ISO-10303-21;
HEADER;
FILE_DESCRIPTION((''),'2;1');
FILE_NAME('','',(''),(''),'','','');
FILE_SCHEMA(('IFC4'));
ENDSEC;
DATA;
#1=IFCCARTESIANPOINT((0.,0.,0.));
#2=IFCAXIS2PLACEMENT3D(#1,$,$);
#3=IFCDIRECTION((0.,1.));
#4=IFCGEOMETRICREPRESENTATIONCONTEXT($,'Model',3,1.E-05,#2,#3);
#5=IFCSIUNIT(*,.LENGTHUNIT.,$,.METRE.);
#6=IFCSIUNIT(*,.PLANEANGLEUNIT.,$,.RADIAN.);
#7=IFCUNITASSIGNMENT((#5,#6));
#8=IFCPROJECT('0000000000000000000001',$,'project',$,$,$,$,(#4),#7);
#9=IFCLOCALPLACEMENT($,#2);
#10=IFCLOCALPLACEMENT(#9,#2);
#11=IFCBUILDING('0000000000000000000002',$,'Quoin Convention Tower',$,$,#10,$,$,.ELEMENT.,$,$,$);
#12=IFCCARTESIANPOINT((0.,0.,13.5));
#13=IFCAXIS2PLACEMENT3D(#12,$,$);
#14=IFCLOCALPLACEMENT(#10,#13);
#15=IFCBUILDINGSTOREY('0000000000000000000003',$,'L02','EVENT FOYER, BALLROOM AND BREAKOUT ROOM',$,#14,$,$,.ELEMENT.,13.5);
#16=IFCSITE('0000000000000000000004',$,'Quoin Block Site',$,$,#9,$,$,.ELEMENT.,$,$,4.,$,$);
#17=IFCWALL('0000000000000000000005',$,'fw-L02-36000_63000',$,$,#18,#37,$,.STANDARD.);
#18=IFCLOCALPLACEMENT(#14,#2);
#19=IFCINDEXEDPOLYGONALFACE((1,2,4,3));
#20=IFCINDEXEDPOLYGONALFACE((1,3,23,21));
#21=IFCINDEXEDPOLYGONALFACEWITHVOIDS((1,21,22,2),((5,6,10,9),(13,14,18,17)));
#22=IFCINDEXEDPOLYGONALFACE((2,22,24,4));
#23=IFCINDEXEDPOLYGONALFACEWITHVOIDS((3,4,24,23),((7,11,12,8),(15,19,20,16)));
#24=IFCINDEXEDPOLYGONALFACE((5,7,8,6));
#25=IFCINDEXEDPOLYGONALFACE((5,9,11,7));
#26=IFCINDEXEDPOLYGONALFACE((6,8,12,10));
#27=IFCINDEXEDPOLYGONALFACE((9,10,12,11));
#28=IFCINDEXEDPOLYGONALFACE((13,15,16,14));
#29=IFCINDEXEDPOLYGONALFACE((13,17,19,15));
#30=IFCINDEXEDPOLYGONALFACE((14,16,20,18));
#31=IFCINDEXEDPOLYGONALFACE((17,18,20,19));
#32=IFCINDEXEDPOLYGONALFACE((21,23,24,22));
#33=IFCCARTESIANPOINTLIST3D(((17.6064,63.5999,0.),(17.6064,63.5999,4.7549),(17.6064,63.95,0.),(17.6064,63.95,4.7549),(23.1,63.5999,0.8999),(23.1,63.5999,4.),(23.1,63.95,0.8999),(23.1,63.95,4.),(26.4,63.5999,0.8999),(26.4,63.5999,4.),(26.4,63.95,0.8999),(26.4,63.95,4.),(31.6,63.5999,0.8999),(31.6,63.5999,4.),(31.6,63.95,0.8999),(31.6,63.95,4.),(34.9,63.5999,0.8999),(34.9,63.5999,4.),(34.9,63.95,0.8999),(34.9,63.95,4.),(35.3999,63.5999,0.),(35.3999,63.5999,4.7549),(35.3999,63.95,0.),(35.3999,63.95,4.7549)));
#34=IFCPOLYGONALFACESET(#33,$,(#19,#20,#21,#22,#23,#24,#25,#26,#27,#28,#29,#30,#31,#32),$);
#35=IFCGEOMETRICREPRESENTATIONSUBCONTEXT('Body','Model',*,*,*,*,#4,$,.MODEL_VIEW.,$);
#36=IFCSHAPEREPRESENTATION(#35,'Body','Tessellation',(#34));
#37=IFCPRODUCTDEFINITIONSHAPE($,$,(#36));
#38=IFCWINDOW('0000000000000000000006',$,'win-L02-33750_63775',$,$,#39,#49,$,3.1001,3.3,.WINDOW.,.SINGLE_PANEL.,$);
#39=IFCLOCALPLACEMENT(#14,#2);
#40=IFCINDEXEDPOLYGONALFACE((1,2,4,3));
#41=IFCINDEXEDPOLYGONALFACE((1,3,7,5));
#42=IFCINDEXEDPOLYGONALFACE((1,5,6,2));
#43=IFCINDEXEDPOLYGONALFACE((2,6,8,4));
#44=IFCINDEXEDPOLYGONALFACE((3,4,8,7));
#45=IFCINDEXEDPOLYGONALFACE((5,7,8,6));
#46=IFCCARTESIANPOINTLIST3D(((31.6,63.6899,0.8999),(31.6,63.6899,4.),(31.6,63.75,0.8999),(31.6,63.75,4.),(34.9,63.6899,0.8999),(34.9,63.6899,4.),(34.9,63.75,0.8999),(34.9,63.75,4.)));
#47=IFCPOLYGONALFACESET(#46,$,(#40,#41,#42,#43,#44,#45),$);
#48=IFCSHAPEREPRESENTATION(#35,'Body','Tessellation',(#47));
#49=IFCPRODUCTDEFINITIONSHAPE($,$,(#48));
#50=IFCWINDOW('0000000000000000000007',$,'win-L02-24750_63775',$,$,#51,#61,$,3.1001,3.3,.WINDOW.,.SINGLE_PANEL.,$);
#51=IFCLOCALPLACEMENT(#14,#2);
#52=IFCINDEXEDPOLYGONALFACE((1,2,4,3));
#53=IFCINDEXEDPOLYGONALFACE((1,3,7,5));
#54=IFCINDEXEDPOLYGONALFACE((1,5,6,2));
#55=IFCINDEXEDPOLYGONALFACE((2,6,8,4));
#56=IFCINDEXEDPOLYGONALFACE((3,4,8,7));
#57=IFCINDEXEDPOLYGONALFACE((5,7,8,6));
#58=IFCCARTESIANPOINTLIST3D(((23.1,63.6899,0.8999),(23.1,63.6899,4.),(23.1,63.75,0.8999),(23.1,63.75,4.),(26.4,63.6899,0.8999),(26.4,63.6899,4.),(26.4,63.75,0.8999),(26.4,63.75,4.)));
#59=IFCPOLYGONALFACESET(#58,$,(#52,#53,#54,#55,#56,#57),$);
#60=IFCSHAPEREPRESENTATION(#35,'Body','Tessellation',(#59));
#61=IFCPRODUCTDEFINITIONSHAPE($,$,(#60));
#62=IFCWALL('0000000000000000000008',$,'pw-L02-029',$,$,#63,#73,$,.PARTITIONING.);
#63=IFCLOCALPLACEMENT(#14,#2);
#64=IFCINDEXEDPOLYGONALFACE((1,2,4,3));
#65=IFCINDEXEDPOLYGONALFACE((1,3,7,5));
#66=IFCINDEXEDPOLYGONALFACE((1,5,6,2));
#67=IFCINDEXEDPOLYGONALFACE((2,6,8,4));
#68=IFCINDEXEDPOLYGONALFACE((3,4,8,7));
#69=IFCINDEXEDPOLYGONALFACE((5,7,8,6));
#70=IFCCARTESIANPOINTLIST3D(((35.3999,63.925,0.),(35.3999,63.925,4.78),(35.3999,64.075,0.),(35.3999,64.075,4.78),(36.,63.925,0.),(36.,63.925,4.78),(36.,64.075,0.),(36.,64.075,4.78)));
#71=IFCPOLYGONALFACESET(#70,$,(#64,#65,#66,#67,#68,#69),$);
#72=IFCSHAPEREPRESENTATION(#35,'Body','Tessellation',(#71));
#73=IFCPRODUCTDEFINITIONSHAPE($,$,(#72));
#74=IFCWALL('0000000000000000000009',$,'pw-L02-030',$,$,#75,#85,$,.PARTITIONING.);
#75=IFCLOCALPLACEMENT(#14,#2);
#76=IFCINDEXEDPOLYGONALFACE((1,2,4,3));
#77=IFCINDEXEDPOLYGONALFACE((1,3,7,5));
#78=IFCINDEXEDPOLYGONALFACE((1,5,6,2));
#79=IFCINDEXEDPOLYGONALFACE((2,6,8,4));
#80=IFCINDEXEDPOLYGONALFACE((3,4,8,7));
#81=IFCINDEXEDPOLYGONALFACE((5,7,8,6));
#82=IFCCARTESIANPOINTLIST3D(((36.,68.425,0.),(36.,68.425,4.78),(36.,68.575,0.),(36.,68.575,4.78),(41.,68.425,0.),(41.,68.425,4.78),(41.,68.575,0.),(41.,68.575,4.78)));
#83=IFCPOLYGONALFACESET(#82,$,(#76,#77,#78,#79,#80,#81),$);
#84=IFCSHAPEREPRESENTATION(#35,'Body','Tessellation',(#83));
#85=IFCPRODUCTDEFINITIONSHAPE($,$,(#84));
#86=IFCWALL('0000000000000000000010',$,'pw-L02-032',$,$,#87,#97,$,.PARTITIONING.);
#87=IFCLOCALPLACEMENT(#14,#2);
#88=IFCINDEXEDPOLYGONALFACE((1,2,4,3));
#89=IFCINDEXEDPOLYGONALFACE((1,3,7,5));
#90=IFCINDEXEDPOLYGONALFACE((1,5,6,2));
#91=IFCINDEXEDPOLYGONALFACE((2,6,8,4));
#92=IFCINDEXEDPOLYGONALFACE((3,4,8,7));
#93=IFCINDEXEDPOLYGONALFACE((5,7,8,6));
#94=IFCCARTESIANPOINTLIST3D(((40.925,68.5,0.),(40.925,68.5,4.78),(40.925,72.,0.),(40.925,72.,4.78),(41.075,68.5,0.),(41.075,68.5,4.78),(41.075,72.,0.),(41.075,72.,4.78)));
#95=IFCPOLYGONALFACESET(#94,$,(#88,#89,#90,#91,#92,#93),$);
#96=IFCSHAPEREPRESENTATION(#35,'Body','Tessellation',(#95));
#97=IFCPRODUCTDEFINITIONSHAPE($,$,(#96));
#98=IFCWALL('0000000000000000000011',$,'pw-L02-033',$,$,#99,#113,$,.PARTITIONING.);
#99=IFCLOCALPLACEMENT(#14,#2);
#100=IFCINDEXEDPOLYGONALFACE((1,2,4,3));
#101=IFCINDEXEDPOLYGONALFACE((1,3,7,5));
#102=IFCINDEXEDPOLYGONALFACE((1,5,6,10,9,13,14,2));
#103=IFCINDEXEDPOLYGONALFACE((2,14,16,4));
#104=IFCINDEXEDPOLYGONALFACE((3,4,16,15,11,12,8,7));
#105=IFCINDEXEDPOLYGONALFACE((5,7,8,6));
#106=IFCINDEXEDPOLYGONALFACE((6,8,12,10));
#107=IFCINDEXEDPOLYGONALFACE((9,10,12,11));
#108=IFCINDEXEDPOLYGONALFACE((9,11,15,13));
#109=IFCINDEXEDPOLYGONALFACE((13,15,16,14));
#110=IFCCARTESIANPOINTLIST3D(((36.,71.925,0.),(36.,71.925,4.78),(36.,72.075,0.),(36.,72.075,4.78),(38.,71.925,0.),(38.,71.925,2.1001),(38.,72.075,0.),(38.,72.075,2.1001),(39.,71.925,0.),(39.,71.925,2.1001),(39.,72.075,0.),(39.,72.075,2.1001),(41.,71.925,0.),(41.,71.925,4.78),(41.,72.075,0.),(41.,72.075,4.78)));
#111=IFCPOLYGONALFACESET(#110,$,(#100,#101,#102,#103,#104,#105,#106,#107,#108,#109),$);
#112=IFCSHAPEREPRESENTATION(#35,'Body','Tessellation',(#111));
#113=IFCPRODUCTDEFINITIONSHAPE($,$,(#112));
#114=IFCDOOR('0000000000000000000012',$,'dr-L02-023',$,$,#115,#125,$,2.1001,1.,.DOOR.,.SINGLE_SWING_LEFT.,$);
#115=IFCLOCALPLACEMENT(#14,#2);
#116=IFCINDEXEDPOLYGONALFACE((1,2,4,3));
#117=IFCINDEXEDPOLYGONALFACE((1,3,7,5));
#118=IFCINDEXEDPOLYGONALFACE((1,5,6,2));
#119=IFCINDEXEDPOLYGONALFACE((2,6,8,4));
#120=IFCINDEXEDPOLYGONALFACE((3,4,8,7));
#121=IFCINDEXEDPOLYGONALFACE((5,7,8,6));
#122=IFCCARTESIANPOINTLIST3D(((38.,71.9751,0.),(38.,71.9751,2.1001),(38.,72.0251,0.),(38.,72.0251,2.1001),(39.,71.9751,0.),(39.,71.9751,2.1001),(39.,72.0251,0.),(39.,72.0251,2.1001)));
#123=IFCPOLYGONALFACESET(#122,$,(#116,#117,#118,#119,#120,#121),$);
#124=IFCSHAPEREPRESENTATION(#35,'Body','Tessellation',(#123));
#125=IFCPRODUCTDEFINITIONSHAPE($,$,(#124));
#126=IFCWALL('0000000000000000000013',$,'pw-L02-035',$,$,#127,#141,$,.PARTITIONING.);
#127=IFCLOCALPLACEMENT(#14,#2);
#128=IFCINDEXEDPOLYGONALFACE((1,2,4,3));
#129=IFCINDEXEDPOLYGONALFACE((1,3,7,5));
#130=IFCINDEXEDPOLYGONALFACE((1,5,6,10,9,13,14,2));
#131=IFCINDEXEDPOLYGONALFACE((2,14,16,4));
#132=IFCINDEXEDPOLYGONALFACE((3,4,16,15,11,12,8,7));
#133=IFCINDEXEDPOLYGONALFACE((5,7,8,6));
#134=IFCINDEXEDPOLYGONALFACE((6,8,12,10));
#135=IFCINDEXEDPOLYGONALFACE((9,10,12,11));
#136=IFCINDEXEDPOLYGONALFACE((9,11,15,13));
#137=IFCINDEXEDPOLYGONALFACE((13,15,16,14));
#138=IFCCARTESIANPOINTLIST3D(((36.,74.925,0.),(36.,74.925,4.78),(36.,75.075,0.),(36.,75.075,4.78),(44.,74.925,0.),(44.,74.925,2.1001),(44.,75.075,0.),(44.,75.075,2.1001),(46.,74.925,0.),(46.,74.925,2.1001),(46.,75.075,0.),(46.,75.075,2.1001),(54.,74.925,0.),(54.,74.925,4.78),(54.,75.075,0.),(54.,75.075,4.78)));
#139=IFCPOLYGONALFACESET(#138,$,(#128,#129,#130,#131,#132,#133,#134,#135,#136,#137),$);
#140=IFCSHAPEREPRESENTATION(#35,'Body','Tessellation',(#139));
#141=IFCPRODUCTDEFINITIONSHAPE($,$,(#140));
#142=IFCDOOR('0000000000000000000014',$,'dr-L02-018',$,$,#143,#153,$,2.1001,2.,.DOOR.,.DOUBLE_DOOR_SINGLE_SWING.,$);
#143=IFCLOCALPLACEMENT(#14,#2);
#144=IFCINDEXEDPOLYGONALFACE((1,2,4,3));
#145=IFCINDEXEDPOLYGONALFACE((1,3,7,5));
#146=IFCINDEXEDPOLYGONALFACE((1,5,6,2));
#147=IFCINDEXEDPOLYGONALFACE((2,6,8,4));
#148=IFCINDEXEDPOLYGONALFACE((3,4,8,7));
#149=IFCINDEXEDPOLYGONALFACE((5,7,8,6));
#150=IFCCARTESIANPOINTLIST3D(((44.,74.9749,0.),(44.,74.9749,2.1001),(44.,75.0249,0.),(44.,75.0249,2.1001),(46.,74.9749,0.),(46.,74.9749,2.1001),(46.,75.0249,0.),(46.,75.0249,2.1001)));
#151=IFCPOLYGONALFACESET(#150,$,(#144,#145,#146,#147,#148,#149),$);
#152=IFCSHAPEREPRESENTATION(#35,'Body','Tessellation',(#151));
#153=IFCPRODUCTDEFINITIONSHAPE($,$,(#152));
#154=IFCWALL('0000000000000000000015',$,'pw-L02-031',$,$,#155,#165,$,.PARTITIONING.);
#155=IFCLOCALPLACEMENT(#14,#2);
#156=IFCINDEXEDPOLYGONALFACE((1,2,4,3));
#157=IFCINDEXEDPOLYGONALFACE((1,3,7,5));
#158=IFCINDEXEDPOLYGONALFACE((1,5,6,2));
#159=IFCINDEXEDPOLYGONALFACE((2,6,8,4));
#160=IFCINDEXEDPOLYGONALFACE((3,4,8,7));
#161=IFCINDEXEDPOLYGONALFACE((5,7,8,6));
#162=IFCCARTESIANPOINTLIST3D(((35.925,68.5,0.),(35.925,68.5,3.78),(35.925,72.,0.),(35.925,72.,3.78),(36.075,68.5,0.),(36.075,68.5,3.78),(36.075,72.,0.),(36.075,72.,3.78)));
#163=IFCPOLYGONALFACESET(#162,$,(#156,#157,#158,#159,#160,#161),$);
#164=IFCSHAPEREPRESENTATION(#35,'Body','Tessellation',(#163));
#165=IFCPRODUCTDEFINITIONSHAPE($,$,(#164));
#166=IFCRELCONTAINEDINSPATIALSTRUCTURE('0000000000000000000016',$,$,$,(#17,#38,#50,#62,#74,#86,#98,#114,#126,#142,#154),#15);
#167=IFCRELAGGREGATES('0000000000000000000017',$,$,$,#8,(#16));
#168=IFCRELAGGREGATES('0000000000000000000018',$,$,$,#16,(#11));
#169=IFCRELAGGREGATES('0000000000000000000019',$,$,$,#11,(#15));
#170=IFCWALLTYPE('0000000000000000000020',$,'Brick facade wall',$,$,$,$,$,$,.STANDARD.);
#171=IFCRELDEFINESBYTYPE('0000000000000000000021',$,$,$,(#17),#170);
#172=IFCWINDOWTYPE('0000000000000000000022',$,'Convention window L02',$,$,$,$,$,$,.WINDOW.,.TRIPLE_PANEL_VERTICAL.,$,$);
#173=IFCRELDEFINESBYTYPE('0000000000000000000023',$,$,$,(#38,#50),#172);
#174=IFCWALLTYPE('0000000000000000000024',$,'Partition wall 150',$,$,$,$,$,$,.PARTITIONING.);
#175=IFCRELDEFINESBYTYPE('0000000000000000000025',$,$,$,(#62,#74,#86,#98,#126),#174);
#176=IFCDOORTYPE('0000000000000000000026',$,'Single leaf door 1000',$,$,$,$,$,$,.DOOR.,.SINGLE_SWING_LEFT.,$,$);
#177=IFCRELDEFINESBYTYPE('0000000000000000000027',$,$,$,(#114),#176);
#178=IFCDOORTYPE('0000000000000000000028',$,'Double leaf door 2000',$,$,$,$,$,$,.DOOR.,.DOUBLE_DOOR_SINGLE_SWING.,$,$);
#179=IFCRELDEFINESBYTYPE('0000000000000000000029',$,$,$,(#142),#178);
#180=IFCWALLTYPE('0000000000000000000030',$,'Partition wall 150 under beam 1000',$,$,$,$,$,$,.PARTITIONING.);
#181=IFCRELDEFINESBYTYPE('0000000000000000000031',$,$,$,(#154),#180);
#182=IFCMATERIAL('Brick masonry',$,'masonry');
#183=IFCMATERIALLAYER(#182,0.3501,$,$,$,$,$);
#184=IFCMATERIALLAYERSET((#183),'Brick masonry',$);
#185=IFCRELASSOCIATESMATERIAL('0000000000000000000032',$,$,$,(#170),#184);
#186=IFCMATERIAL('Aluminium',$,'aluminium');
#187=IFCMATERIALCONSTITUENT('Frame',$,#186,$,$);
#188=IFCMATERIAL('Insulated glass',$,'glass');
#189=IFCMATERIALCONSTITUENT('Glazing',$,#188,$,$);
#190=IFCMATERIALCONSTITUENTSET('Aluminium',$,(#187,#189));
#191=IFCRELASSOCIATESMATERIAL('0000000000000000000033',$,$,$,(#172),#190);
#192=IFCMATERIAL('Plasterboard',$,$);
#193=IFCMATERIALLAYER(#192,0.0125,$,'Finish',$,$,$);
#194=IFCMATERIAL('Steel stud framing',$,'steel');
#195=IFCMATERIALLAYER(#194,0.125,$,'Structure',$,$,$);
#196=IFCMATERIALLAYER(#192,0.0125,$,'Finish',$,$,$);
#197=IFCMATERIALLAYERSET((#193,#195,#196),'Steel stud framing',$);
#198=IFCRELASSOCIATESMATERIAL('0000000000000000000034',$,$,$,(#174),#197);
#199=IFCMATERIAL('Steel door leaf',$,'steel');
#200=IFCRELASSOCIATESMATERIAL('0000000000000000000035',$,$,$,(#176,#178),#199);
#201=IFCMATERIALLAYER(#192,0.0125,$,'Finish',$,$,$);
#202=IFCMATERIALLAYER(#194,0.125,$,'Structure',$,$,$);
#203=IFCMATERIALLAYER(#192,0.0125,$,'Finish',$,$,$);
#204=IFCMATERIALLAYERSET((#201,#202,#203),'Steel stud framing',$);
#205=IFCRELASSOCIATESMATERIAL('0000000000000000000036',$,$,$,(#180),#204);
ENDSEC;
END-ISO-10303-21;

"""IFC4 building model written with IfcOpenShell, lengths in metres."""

from ifc_helpers import new_model, si_unit, direction, frame, frame_2d, origin, place, context, subcontext, project, spatial, rectangle, extrude, material, layer, layer_set, constituent, constituent_set, type_object, element, fill, save


model = new_model("IFC4")

# Units and contexts
model_context = context("Model", 3, precision=1e-05, world=origin(), true_north=direction((0.0, 1.0)))
body_context = subcontext(model_context, "Body", "Model", "MODEL_VIEW")
ifc_project = project(units=[si_unit("LENGTHUNIT", "METRE"), si_unit("PLANEANGLEUNIT", "RADIAN")], contexts=[model_context])

# Site, building, storey
site_placement = place(None, origin())
site = spatial("IfcSite", under=ifc_project, at=site_placement, Name="Quoin Block Site", CompositionType="ELEMENT", RefElevation=4.0)
building_placement = place(site_placement, origin())
building = spatial("IfcBuilding", under=site, at=building_placement, Name="Quoin Convention Tower", CompositionType="ELEMENT")
storey_placement = place(building_placement, frame((0.0, 0.0, 13.5)))
storey = spatial("IfcBuildingStorey", under=building, at=storey_placement, Name="L02", Description="EVENT FOYER, BALLROOM AND BREAKOUT ROOM", CompositionType="ELEMENT", Elevation=13.5)

# Shared definitions
ifc_material_1 = material(Name="Brick masonry", Category="masonry")
ifc_layer_1 = layer(ifc_material_1, 0.3501)
ifc_layer_set_1 = layer_set([ifc_layer_1], Name="Brick masonry")
wall_type_1 = type_object("IfcWallType", Name="Brick facade wall", PredefinedType="STANDARD", material=ifc_layer_set_1)
ifc_material_2 = material(Name="Aluminium", Category="aluminium")
ifc_constituent_1 = constituent(ifc_material_2, Name="Frame")
ifc_material_3 = material(Name="Insulated glass", Category="glass")
ifc_constituent_2 = constituent(ifc_material_3, Name="Glazing")
ifc_constituent_set = constituent_set(constituents=[ifc_constituent_1, ifc_constituent_2], Name="Aluminium")
window_type = type_object("IfcWindowType", Name="Convention window L02", PartitioningType="TRIPLE_PANEL_VERTICAL", PredefinedType="WINDOW", material=ifc_constituent_set)

# Wall, openings, windows
wall_1_placement = place(storey_placement, frame((35.3999, 63.7749, 0.0), z_axis=(0.0, 0.0, 1.0), x_axis=(-1.0, 0.0, 0.0)))
wall_1 = element("IfcWall", 1, at=wall_1_placement, inside=storey, type_object=wall_type_1, Name="fw-L02-36000_63000", PredefinedType="STANDARD", context=body_context, shape_type="SweptSolid", body=[
    extrude(rectangle(XDim=17.7935, YDim=0.3501, at=frame_2d((8.8967, 0.0))), origin(), (0.0, 0.0, 1.0), 4.7549),
])
opening_1_placement = place(wall_1_placement, frame((0.5, 0.0, 0.8999)))
opening_1 = element("IfcOpeningElement", 2, at=opening_1_placement, cuts=wall_1, PredefinedType="OPENING", context=body_context, shape_type="SweptSolid", body=[
    extrude(rectangle(XDim=3.3, YDim=3.1001, at=frame_2d((1.6499, 1.55))), frame((0.0, 0.1851, 0.0), z_axis=(0.0, -1.0, 0.0), x_axis=(1.0, 0.0, 0.0)), (0.0, 0.0, 1.0), 0.3701),
])
opening_2_placement = place(wall_1_placement, frame((9.0, 0.0, 0.8999)))
opening_2 = element("IfcOpeningElement", 3, at=opening_2_placement, cuts=wall_1, PredefinedType="OPENING", context=body_context, shape_type="SweptSolid", body=[
    extrude(rectangle(XDim=3.3, YDim=3.1001, at=frame_2d((1.6499, 1.55))), frame((0.0, 0.1851, 0.0), z_axis=(0.0, -1.0, 0.0), x_axis=(1.0, 0.0, 0.0)), (0.0, 0.0, 1.0), 0.3701),
])
window_1_placement = place(opening_1_placement, origin())
window_1 = element("IfcWindow", 4, at=window_1_placement, inside=storey, type_object=window_type, Name="win-L02-33750_63775", OverallHeight=3.1001, OverallWidth=3.3, PartitioningType="SINGLE_PANEL", PredefinedType="WINDOW", context=body_context, shape_type="SweptSolid", body=[
    extrude(rectangle(XDim=3.3, YDim=3.1001, at=frame_2d((1.6499, 1.55))), frame((0.0, 0.085, 0.0), z_axis=(0.0, -1.0, 0.0), x_axis=(1.0, 0.0, 0.0)), (0.0, 0.0, 1.0), 0.0601),
])
fill(opening_1, window_1)
window_2_placement = place(opening_2_placement, origin())
window_2 = element("IfcWindow", 5, at=window_2_placement, inside=storey, type_object=window_type, Name="win-L02-24750_63775", OverallHeight=3.1001, OverallWidth=3.3, PartitioningType="SINGLE_PANEL", PredefinedType="WINDOW", context=body_context, shape_type="SweptSolid", body=[
    extrude(rectangle(XDim=3.3, YDim=3.1001, at=frame_2d((1.6499, 1.55))), frame((0.0, 0.085, 0.0), z_axis=(0.0, -1.0, 0.0), x_axis=(1.0, 0.0, 0.0)), (0.0, 0.0, 1.0), 0.0601),
])
fill(opening_2, window_2)

# Walls
ifc_material_4 = material(Name="Plasterboard")
ifc_layer_2 = layer(ifc_material_4, 0.0125, Name="Finish")
ifc_material_5 = material(Name="Steel stud framing", Category="steel")
ifc_layer_3 = layer(ifc_material_5, 0.125, Name="Structure")
ifc_layer_4 = layer(ifc_material_4, 0.0125, Name="Finish")
ifc_layer_set_2 = layer_set([ifc_layer_2, ifc_layer_3, ifc_layer_4], Name="Steel stud framing")
wall_type_2 = type_object("IfcWallType", Name="Partition wall 150", PredefinedType="PARTITIONING", material=ifc_layer_set_2)
wall_2_placement = place(storey_placement, frame((35.3999, 64.0, 0.0), z_axis=(0.0, 0.0, 1.0), x_axis=(1.0, 0.0, 0.0)))
element("IfcWall", 6, at=wall_2_placement, inside=storey, type_object=wall_type_2, Name="pw-L02-029", PredefinedType="PARTITIONING", context=body_context, shape_type="SweptSolid", body=[
    extrude(rectangle(XDim=0.6001, YDim=0.1499, at=frame_2d((0.3, 0.0))), origin(), (0.0, 0.0, 1.0), 4.78),
])
wall_3_placement = place(storey_placement, frame((36.0, 68.5, 0.0), z_axis=(0.0, 0.0, 1.0), x_axis=(1.0, 0.0, 0.0)))
element("IfcWall", 7, at=wall_3_placement, inside=storey, type_object=wall_type_2, Name="pw-L02-030", PredefinedType="PARTITIONING", context=body_context, shape_type="SweptSolid", body=[
    extrude(rectangle(XDim=5.0, YDim=0.1499, at=frame_2d((2.5, 0.0))), origin(), (0.0, 0.0, 1.0), 4.78),
])
wall_4_placement = place(storey_placement, frame((41.0, 68.5, 0.0), z_axis=(0.0, 0.0, 1.0), x_axis=(0.0, 1.0, 0.0)))
element("IfcWall", 8, at=wall_4_placement, inside=storey, type_object=wall_type_2, Name="pw-L02-032", PredefinedType="PARTITIONING", context=body_context, shape_type="SweptSolid", body=[
    extrude(rectangle(XDim=3.5, YDim=0.1499, at=frame_2d((1.75, 0.0))), origin(), (0.0, 0.0, 1.0), 4.78),
])

# Walls, openings, doors
wall_5_placement = place(storey_placement, frame((36.0, 72.0, 0.0), z_axis=(0.0, 0.0, 1.0), x_axis=(1.0, 0.0, 0.0)))
wall_5 = element("IfcWall", 9, at=wall_5_placement, inside=storey, type_object=wall_type_2, Name="pw-L02-033", PredefinedType="PARTITIONING", context=body_context, shape_type="SweptSolid", body=[
    extrude(rectangle(XDim=5.0, YDim=0.1499, at=frame_2d((2.5, 0.0))), origin(), (0.0, 0.0, 1.0), 4.78),
])
opening_3_placement = place(wall_5_placement, frame((2.0, 0.0, 0.0)))
opening_3 = element("IfcOpeningElement", 10, at=opening_3_placement, cuts=wall_5, PredefinedType="OPENING", context=body_context, shape_type="SweptSolid", body=[
    extrude(rectangle(XDim=1.0, YDim=2.1001, at=frame_2d((0.5, 1.05))), frame((0.0, 0.085, 0.0), z_axis=(0.0, -1.0, 0.0), x_axis=(1.0, 0.0, 0.0)), (0.0, 0.0, 1.0), 0.1699),
])
ifc_material_6 = material(Name="Steel door leaf", Category="steel")
door_type_1 = type_object("IfcDoorType", Name="Single leaf door 1000", OperationType="SINGLE_SWING_LEFT", PredefinedType="DOOR", material=ifc_material_6)
door_1_placement = place(opening_3_placement, frame((1.0, 0.0, 0.0), z_axis=(0.0, 0.0, 1.0), x_axis=(-1.0, 0.0, 0.0)))
door_1 = element("IfcDoor", 11, at=door_1_placement, inside=storey, type_object=door_type_1, Name="dr-L02-023", OperationType="SINGLE_SWING_LEFT", OverallHeight=2.1001, OverallWidth=1.0, PredefinedType="DOOR", context=body_context, shape_type="SweptSolid", body=[
    extrude(rectangle(XDim=1.0, YDim=2.1001, at=frame_2d((0.5, 1.05))), frame((0.0, 0.0249, 0.0), z_axis=(0.0, -1.0, 0.0), x_axis=(1.0, 0.0, 0.0)), (0.0, 0.0, 1.0), 0.05),
])
fill(opening_3, door_1)
wall_6_placement = place(storey_placement, frame((36.0, 75.0, 0.0), z_axis=(0.0, 0.0, 1.0), x_axis=(1.0, 0.0, 0.0)))
wall_6 = element("IfcWall", 12, at=wall_6_placement, inside=storey, type_object=wall_type_2, Name="pw-L02-035", PredefinedType="PARTITIONING", context=body_context, shape_type="SweptSolid", body=[
    extrude(rectangle(XDim=18.0, YDim=0.1499, at=frame_2d((9.0, 0.0))), origin(), (0.0, 0.0, 1.0), 4.78),
])
opening_4_placement = place(wall_6_placement, frame((8.0, 0.0, 0.0)))
opening_4 = element("IfcOpeningElement", 13, at=opening_4_placement, cuts=wall_6, PredefinedType="OPENING", context=body_context, shape_type="SweptSolid", body=[
    extrude(rectangle(XDim=2.0, YDim=2.1001, at=frame_2d((1.0, 1.05))), frame((0.0, 0.085, 0.0), z_axis=(0.0, -1.0, 0.0), x_axis=(1.0, 0.0, 0.0)), (0.0, 0.0, 1.0), 0.1699),
])
door_type_2 = type_object("IfcDoorType", Name="Double leaf door 2000", OperationType="DOUBLE_DOOR_SINGLE_SWING", PredefinedType="DOOR", material=ifc_material_6)
door_2_placement = place(opening_4_placement, origin())
door_2 = element("IfcDoor", 14, at=door_2_placement, inside=storey, type_object=door_type_2, Name="dr-L02-018", OperationType="DOUBLE_DOOR_SINGLE_SWING", OverallHeight=2.1001, OverallWidth=2.0, PredefinedType="DOOR", context=body_context, shape_type="SweptSolid", body=[
    extrude(rectangle(XDim=2.0, YDim=2.1001, at=frame_2d((1.0, 1.05))), frame((0.0, 0.0249, 0.0), z_axis=(0.0, -1.0, 0.0), x_axis=(1.0, 0.0, 0.0)), (0.0, 0.0, 1.0), 0.05),
])
fill(opening_4, door_2)

# Wall
ifc_layer_5 = layer(ifc_material_4, 0.0125, Name="Finish")
ifc_layer_6 = layer(ifc_material_5, 0.125, Name="Structure")
ifc_layer_7 = layer(ifc_material_4, 0.0125, Name="Finish")
ifc_layer_set_3 = layer_set([ifc_layer_5, ifc_layer_6, ifc_layer_7], Name="Steel stud framing")
wall_type_3 = type_object("IfcWallType", Name="Partition wall 150 under beam 1000", PredefinedType="PARTITIONING", material=ifc_layer_set_3)
wall_7_placement = place(storey_placement, frame((36.0, 68.5, 0.0), z_axis=(0.0, 0.0, 1.0), x_axis=(0.0, 1.0, 0.0)))
element("IfcWall", 15, at=wall_7_placement, inside=storey, type_object=wall_type_3, Name="pw-L02-031", PredefinedType="PARTITIONING", context=body_context, shape_type="SweptSolid", body=[
    extrude(rectangle(XDim=3.5, YDim=0.1499, at=frame_2d((1.75, 0.0))), origin(), (0.0, 0.0, 1.0), 3.78),
])

save(model, "model.ifc")
